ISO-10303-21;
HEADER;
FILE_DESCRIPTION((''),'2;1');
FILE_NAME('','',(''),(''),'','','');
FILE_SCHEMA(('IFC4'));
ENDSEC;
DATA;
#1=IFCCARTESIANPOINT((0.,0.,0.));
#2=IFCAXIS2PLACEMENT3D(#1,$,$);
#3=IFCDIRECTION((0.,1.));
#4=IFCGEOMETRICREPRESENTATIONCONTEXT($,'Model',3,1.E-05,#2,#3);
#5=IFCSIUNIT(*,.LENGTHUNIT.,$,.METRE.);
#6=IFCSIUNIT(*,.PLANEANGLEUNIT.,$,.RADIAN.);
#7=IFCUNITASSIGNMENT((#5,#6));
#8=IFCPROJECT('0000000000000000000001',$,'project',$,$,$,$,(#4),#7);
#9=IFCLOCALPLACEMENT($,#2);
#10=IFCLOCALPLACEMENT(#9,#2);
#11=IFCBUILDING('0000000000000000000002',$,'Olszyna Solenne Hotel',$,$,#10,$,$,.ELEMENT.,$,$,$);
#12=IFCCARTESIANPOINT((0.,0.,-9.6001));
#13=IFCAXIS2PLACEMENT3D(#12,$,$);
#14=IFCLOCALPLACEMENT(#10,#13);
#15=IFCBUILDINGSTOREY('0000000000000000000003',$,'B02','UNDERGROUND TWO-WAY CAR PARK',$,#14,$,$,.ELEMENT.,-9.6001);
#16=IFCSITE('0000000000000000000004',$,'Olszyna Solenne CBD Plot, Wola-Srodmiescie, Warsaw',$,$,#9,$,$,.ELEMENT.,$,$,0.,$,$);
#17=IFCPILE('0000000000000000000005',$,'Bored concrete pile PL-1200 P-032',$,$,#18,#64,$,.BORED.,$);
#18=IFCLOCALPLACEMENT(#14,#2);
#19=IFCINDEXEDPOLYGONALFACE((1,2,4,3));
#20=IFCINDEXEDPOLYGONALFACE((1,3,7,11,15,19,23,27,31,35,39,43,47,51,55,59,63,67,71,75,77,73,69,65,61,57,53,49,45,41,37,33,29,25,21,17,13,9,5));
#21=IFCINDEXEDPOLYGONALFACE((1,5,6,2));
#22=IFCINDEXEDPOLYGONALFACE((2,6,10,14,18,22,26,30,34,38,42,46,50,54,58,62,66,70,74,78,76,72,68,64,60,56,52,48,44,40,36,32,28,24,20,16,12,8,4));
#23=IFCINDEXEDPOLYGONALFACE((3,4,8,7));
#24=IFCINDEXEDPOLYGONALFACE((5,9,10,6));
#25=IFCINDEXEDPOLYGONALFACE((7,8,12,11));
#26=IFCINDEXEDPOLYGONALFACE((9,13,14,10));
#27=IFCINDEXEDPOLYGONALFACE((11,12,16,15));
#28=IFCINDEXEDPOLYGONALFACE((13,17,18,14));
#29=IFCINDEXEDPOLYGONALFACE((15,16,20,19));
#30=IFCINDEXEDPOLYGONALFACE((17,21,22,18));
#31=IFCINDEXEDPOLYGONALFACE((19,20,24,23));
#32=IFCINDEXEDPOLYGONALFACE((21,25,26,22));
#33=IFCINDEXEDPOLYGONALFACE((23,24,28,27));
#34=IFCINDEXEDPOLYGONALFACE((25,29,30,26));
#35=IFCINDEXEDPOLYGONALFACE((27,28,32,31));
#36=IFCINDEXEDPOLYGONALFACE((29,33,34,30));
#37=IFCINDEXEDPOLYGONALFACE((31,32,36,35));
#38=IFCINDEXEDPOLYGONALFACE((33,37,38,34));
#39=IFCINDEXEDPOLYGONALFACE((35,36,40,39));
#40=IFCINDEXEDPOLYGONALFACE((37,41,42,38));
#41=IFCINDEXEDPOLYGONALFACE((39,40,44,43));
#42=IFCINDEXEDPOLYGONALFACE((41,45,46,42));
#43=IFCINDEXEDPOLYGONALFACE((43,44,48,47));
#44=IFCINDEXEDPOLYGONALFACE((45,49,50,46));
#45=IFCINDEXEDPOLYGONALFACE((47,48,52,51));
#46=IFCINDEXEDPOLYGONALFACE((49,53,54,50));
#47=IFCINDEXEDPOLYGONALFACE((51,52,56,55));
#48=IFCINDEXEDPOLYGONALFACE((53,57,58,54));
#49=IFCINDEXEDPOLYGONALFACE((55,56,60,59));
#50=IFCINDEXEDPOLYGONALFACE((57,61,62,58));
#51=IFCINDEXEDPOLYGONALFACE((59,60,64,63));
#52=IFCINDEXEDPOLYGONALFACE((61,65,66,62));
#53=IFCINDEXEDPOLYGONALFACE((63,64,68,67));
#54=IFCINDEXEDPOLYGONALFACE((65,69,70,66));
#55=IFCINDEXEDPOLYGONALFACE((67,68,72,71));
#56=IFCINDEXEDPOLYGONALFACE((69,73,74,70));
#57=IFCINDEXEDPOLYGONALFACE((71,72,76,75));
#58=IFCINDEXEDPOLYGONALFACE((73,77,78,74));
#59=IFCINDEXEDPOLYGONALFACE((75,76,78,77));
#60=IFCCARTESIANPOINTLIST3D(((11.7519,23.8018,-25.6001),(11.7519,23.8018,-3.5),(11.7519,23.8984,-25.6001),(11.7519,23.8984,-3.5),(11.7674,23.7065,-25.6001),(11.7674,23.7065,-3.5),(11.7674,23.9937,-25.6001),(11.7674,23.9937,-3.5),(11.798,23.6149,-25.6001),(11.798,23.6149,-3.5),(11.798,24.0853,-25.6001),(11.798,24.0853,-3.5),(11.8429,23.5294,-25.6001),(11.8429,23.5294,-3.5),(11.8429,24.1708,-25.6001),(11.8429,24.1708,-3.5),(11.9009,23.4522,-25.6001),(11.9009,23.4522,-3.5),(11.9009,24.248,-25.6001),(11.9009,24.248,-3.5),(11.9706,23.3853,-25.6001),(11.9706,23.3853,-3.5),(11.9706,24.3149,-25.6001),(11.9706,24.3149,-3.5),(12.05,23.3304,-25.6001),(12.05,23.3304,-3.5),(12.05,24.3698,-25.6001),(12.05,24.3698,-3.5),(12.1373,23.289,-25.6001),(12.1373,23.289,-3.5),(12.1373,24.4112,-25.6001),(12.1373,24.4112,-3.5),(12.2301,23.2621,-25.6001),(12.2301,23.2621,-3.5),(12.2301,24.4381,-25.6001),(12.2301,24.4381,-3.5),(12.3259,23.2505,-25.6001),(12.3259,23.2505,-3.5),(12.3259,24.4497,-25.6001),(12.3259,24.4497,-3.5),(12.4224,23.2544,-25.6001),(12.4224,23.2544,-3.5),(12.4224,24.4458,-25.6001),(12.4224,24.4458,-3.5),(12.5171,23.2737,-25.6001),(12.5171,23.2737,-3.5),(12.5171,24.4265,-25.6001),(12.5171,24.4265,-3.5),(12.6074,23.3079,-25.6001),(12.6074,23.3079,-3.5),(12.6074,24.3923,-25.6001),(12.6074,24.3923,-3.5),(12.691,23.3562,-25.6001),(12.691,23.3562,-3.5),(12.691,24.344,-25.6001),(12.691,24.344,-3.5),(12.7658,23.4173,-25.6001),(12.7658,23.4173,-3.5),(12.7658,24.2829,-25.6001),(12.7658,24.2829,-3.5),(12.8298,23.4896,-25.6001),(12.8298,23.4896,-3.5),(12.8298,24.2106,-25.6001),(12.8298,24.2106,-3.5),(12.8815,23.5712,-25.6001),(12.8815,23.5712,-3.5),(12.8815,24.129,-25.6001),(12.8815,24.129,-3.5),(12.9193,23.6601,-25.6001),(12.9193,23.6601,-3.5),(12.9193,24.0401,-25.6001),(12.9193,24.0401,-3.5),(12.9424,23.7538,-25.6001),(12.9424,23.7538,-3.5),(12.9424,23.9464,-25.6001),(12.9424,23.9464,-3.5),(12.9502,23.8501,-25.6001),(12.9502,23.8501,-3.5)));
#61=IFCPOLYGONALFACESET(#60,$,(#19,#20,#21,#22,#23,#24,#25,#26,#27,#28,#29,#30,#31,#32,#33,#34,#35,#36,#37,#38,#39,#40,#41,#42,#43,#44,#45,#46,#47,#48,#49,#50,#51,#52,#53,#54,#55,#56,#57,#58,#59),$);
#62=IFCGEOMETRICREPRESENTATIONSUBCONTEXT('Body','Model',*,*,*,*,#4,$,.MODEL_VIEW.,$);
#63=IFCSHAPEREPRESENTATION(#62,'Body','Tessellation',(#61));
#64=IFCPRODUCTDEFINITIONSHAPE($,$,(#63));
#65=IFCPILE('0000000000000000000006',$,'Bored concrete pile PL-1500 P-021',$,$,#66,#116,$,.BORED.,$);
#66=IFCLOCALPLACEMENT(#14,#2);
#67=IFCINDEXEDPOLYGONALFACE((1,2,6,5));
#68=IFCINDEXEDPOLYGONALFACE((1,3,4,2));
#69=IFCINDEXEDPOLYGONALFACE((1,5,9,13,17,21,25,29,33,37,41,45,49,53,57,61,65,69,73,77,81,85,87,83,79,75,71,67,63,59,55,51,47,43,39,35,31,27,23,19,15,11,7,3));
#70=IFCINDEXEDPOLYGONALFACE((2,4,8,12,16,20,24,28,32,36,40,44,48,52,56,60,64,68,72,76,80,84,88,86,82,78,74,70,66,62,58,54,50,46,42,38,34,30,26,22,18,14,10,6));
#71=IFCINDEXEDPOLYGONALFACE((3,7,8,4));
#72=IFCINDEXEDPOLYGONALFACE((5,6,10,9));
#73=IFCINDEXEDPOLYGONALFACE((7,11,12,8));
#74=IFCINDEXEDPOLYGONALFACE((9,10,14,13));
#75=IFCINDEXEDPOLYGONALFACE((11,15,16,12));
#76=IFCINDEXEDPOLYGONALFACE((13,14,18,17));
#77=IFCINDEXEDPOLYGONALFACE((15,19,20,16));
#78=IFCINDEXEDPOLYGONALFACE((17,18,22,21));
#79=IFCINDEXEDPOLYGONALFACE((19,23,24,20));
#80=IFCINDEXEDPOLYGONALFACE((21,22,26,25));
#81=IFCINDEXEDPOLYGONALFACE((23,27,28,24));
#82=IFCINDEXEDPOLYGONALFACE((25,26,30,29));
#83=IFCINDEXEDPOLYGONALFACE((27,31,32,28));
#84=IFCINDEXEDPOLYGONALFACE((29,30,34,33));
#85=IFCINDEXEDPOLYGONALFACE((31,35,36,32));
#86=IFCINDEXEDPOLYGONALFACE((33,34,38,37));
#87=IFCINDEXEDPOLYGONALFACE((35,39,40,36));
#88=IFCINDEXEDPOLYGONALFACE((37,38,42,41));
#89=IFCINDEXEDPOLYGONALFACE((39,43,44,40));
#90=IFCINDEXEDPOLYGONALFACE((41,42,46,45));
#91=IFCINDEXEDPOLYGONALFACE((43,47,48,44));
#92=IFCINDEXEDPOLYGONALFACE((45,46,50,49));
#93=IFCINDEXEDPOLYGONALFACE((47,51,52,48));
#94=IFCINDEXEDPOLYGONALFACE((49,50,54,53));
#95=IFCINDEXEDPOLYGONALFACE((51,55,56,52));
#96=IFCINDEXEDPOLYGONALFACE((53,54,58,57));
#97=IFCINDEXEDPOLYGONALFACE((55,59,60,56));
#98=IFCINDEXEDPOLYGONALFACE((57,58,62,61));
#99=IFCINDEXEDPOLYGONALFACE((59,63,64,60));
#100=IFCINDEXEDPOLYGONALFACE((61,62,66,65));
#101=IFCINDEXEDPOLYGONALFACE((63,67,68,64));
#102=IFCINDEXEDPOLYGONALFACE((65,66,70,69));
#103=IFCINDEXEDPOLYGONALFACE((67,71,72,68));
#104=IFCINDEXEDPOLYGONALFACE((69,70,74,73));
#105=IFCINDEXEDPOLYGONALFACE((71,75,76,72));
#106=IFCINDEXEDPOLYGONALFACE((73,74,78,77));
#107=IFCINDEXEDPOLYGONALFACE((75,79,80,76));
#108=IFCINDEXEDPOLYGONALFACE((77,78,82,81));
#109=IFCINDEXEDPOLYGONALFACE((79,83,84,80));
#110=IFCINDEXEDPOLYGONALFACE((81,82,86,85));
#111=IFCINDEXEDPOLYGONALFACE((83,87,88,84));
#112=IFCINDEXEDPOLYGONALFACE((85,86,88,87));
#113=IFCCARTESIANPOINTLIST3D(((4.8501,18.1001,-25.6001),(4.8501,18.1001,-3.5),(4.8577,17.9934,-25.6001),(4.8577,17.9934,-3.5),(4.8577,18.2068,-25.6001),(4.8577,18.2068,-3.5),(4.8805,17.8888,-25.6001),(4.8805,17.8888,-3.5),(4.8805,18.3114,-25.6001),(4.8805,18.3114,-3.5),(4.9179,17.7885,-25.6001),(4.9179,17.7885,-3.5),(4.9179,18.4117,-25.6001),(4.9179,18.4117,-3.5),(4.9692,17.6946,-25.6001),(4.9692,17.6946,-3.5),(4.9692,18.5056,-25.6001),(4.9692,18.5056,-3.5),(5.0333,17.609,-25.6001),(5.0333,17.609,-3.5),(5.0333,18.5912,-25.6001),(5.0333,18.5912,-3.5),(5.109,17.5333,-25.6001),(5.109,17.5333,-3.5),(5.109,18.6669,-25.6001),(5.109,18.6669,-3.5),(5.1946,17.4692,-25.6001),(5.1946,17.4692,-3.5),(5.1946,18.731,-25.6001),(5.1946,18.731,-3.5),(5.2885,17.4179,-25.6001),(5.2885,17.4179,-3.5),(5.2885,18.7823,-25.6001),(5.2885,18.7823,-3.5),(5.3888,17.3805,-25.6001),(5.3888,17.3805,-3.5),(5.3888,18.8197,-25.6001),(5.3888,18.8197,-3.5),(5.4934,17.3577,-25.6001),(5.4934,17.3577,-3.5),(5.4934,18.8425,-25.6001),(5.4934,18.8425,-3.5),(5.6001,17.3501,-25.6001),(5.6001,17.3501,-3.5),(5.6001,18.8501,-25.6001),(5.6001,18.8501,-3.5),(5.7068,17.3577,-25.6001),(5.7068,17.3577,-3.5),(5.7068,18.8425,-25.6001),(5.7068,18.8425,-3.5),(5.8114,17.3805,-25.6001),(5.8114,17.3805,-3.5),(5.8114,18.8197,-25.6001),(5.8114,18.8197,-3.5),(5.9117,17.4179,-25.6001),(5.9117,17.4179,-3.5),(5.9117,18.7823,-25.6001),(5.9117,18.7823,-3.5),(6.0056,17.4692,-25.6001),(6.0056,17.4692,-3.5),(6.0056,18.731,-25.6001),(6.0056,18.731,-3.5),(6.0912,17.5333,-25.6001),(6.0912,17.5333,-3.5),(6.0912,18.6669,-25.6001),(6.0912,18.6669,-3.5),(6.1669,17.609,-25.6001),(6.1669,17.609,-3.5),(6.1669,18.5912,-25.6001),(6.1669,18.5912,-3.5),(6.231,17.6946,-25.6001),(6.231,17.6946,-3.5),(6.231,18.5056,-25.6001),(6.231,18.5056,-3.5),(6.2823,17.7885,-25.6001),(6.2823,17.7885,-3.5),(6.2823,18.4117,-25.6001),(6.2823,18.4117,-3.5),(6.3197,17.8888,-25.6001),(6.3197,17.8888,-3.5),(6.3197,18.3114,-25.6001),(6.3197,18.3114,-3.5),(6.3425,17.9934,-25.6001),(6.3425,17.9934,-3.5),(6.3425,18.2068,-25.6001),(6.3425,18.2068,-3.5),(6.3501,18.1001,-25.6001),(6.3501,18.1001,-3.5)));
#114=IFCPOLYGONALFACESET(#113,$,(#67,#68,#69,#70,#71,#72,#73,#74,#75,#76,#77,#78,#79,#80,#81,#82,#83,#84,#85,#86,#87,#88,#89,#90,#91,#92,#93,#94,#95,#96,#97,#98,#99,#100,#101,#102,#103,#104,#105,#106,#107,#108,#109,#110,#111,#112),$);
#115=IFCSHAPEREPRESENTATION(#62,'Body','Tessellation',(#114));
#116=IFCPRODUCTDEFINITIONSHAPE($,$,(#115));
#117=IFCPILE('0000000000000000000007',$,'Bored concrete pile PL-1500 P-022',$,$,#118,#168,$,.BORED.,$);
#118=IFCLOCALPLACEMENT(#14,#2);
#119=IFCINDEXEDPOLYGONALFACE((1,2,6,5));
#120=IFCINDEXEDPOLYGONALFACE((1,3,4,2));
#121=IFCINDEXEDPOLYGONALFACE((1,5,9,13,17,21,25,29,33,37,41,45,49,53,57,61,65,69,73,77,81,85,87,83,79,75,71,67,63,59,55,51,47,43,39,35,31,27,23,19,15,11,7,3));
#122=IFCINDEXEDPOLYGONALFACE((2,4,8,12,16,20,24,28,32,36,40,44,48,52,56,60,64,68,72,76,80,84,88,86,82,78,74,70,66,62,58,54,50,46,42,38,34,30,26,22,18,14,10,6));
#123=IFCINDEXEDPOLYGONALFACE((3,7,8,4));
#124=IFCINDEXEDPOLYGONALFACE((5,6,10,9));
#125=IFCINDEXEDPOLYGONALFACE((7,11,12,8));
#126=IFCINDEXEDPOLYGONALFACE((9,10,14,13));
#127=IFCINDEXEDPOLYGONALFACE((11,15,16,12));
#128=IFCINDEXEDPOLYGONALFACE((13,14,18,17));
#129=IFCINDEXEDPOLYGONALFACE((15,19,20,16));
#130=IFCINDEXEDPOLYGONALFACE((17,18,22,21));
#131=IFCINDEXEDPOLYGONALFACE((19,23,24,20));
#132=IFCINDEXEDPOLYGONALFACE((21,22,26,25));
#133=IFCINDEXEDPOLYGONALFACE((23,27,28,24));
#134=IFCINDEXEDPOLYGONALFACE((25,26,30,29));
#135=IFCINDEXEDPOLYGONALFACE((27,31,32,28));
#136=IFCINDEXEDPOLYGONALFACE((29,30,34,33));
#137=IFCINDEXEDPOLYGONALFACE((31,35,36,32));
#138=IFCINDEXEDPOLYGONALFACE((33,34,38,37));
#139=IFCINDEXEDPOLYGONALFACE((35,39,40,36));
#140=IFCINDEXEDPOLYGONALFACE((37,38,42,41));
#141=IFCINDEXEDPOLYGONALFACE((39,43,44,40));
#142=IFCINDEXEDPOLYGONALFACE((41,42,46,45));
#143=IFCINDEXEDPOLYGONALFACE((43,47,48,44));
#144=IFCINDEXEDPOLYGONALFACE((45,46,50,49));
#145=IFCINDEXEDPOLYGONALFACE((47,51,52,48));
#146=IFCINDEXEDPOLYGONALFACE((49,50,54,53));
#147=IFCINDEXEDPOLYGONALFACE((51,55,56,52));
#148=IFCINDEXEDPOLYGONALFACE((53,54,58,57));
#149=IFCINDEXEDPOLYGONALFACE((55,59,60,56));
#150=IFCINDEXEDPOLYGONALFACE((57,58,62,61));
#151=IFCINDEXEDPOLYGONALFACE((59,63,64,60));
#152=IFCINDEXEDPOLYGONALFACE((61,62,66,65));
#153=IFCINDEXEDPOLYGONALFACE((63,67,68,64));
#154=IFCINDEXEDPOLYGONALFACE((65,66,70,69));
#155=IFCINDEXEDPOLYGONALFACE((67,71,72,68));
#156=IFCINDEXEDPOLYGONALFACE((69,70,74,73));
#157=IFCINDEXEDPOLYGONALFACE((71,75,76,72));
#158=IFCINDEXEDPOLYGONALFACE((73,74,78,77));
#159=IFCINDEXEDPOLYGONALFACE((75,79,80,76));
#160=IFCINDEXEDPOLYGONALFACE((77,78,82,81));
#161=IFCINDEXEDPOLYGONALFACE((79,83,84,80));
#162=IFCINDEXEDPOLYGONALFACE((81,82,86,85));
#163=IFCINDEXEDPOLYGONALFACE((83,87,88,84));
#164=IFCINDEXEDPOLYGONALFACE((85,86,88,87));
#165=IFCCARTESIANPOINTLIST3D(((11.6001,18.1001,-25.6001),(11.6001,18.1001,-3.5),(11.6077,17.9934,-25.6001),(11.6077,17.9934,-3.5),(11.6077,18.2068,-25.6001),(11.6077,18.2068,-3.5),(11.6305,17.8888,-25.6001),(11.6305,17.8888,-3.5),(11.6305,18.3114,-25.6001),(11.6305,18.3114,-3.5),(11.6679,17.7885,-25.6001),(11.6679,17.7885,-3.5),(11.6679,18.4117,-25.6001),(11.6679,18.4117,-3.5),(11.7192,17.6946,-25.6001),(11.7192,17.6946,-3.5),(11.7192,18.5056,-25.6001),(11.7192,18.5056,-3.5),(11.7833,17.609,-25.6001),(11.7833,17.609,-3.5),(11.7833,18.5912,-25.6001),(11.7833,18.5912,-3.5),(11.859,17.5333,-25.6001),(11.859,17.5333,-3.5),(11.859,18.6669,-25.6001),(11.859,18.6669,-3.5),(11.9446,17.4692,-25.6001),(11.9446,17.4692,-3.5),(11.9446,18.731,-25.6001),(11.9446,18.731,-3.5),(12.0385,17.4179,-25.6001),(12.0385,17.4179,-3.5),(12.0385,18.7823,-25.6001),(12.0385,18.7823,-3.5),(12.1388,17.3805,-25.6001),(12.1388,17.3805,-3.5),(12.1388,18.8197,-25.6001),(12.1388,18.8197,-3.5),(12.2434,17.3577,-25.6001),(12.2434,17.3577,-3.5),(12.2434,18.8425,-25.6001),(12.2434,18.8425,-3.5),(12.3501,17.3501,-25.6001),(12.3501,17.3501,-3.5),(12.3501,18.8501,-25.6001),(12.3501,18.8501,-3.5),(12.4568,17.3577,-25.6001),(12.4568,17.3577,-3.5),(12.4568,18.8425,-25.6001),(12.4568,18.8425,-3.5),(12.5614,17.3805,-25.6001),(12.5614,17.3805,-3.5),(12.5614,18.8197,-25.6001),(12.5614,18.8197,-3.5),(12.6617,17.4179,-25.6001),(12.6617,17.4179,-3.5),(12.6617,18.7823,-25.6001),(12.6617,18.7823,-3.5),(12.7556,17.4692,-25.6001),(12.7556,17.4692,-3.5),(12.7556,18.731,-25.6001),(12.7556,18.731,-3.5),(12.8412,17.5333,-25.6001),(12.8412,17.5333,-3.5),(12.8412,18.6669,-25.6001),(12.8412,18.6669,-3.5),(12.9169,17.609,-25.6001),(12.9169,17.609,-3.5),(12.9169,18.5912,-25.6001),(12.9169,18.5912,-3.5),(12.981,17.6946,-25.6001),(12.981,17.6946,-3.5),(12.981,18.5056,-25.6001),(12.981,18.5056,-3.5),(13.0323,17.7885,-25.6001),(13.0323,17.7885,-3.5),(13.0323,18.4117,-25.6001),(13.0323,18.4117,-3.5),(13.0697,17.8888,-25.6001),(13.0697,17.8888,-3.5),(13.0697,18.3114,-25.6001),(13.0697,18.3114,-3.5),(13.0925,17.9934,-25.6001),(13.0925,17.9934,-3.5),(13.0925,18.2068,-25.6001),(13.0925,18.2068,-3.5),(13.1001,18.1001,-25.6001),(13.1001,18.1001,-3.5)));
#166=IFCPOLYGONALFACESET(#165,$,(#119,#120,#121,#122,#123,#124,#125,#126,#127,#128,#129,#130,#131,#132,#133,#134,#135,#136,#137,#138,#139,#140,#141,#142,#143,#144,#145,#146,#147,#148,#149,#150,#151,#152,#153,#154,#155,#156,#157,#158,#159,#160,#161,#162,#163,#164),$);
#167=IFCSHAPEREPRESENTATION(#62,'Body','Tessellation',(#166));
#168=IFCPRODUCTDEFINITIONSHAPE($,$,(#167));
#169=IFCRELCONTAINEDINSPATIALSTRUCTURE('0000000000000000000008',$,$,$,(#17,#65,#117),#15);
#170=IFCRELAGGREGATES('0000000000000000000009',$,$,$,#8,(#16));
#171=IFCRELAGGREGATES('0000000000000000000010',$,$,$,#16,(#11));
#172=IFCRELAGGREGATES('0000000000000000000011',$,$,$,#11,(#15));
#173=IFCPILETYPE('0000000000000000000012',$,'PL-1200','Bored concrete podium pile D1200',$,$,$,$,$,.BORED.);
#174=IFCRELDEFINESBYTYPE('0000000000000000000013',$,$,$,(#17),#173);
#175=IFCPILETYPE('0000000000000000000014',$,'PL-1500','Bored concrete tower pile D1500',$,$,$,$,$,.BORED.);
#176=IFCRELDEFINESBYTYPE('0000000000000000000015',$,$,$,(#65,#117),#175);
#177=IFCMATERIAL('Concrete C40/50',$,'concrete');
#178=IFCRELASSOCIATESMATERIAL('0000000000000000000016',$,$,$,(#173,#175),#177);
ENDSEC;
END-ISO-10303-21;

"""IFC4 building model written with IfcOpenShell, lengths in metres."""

from ifc_helpers import new_model, si_unit, direction, frame, origin, origin_2d, place, context, subcontext, project, spatial, circle, extrude, source, transform, mapped, material, material_profile, profile_set, type_object, element, save


model = new_model("IFC4")

# Units and contexts
model_context = context("Model", 3, precision=1e-05, world=origin(), true_north=direction((0.0, 1.0)))
body_context = subcontext(model_context, "Body", "Model", "MODEL_VIEW")
ifc_project = project(units=[si_unit("LENGTHUNIT", "METRE"), si_unit("PLANEANGLEUNIT", "RADIAN")], contexts=[model_context])

# Site, building, storey
site_placement = place(None, origin())
site = spatial("IfcSite", under=ifc_project, at=site_placement, Name="Olszyna Solenne CBD Plot, Wola-Srodmiescie, Warsaw", CompositionType="ELEMENT", RefElevation=0.0)
building_placement = place(site_placement, origin())
building = spatial("IfcBuilding", under=site, at=building_placement, Name="Olszyna Solenne Hotel", CompositionType="ELEMENT")
storey_placement = place(building_placement, frame((0.0, 0.0, -9.6001)))
storey = spatial("IfcBuildingStorey", under=building, at=storey_placement, Name="B02", Description="UNDERGROUND TWO-WAY CAR PARK", CompositionType="ELEMENT", Elevation=-9.6001)

# Piles
ifc_material_1 = material(Name="Concrete C40/50", Category="concrete")
ifc_material_profile_1 = material_profile(ifc_material_1, circle(Radius=0.6001, at=origin_2d()), Name="BORED PILE 1200", Category="load-bearing")
ifc_profile_set_1 = profile_set([ifc_material_profile_1], Name="Concrete C40/50")
pile_type_1 = type_object("IfcPileType", Name="PL-1200", Description="Bored concrete podium pile D1200", PredefinedType="BORED", material=ifc_profile_set_1)
shared_shape_1 = source(origin(), body_context, "Body", "SweptSolid", [
    extrude(circle(Radius=0.6001, at=origin_2d()), origin(), (0.0, 0.0, 1.0), 22.1001),
])
pile_placement = place(storey_placement, frame((12.3501, 23.8501, -3.5), z_axis=(0.0, 0.0, -1.0), x_axis=(1.0, 0.0, 0.0)))
element("IfcPile", 1, at=pile_placement, inside=storey, type_object=pile_type_1, Name="Bored concrete pile PL-1200 P-032", PredefinedType="BORED", context=body_context, shape_type="MappedRepresentation", body=[
    mapped(shared_shape_1, transform((0.0, 0.0, 0.0), x_axis=(1.0, 0.0, 0.0), y_axis=(0.0, 1.0, 0.0), z_axis=(0.0, 0.0, 1.0), scale=1.0)),
])
ifc_material_profile_2 = material_profile(ifc_material_1, circle(Radius=0.75, at=origin_2d()), Name="BORED PILE 1500", Category="load-bearing")
ifc_profile_set_2 = profile_set([ifc_material_profile_2], Name="Concrete C40/50")
pile_type_2 = type_object("IfcPileType", Name="PL-1500", Description="Bored concrete tower pile D1500", PredefinedType="BORED", material=ifc_profile_set_2)
shared_shape_2 = source(origin(), body_context, "Body", "SweptSolid", [
    extrude(circle(Radius=0.75, at=origin_2d()), origin(), (0.0, 0.0, 1.0), 22.1001),
])
for number, where, z_axis, x_axis, name in (
    (2, (5.6001, 18.1001, -3.5), (0.0, 0.0, -1.0), (1.0, 0.0, 0.0), "Bored concrete pile PL-1500 P-021"),
    (3, (12.3501, 18.1001, -3.5), (0.0, 0.0, -1.0), (1.0, 0.0, 0.0), "Bored concrete pile PL-1500 P-022"),
):
    element("IfcPile", number, at=place(storey_placement, frame(where, z_axis=z_axis, x_axis=x_axis)), inside=storey, type_object=pile_type_2, Name=name, PredefinedType="BORED", context=body_context, shape_type="MappedRepresentation", body=[
        mapped(shared_shape_2, transform((0.0, 0.0, 0.0), x_axis=(1.0, 0.0, 0.0), y_axis=(0.0, 1.0, 0.0), z_axis=(0.0, 0.0, 1.0), scale=1.0)),
    ])

save(model, "model.ifc")
